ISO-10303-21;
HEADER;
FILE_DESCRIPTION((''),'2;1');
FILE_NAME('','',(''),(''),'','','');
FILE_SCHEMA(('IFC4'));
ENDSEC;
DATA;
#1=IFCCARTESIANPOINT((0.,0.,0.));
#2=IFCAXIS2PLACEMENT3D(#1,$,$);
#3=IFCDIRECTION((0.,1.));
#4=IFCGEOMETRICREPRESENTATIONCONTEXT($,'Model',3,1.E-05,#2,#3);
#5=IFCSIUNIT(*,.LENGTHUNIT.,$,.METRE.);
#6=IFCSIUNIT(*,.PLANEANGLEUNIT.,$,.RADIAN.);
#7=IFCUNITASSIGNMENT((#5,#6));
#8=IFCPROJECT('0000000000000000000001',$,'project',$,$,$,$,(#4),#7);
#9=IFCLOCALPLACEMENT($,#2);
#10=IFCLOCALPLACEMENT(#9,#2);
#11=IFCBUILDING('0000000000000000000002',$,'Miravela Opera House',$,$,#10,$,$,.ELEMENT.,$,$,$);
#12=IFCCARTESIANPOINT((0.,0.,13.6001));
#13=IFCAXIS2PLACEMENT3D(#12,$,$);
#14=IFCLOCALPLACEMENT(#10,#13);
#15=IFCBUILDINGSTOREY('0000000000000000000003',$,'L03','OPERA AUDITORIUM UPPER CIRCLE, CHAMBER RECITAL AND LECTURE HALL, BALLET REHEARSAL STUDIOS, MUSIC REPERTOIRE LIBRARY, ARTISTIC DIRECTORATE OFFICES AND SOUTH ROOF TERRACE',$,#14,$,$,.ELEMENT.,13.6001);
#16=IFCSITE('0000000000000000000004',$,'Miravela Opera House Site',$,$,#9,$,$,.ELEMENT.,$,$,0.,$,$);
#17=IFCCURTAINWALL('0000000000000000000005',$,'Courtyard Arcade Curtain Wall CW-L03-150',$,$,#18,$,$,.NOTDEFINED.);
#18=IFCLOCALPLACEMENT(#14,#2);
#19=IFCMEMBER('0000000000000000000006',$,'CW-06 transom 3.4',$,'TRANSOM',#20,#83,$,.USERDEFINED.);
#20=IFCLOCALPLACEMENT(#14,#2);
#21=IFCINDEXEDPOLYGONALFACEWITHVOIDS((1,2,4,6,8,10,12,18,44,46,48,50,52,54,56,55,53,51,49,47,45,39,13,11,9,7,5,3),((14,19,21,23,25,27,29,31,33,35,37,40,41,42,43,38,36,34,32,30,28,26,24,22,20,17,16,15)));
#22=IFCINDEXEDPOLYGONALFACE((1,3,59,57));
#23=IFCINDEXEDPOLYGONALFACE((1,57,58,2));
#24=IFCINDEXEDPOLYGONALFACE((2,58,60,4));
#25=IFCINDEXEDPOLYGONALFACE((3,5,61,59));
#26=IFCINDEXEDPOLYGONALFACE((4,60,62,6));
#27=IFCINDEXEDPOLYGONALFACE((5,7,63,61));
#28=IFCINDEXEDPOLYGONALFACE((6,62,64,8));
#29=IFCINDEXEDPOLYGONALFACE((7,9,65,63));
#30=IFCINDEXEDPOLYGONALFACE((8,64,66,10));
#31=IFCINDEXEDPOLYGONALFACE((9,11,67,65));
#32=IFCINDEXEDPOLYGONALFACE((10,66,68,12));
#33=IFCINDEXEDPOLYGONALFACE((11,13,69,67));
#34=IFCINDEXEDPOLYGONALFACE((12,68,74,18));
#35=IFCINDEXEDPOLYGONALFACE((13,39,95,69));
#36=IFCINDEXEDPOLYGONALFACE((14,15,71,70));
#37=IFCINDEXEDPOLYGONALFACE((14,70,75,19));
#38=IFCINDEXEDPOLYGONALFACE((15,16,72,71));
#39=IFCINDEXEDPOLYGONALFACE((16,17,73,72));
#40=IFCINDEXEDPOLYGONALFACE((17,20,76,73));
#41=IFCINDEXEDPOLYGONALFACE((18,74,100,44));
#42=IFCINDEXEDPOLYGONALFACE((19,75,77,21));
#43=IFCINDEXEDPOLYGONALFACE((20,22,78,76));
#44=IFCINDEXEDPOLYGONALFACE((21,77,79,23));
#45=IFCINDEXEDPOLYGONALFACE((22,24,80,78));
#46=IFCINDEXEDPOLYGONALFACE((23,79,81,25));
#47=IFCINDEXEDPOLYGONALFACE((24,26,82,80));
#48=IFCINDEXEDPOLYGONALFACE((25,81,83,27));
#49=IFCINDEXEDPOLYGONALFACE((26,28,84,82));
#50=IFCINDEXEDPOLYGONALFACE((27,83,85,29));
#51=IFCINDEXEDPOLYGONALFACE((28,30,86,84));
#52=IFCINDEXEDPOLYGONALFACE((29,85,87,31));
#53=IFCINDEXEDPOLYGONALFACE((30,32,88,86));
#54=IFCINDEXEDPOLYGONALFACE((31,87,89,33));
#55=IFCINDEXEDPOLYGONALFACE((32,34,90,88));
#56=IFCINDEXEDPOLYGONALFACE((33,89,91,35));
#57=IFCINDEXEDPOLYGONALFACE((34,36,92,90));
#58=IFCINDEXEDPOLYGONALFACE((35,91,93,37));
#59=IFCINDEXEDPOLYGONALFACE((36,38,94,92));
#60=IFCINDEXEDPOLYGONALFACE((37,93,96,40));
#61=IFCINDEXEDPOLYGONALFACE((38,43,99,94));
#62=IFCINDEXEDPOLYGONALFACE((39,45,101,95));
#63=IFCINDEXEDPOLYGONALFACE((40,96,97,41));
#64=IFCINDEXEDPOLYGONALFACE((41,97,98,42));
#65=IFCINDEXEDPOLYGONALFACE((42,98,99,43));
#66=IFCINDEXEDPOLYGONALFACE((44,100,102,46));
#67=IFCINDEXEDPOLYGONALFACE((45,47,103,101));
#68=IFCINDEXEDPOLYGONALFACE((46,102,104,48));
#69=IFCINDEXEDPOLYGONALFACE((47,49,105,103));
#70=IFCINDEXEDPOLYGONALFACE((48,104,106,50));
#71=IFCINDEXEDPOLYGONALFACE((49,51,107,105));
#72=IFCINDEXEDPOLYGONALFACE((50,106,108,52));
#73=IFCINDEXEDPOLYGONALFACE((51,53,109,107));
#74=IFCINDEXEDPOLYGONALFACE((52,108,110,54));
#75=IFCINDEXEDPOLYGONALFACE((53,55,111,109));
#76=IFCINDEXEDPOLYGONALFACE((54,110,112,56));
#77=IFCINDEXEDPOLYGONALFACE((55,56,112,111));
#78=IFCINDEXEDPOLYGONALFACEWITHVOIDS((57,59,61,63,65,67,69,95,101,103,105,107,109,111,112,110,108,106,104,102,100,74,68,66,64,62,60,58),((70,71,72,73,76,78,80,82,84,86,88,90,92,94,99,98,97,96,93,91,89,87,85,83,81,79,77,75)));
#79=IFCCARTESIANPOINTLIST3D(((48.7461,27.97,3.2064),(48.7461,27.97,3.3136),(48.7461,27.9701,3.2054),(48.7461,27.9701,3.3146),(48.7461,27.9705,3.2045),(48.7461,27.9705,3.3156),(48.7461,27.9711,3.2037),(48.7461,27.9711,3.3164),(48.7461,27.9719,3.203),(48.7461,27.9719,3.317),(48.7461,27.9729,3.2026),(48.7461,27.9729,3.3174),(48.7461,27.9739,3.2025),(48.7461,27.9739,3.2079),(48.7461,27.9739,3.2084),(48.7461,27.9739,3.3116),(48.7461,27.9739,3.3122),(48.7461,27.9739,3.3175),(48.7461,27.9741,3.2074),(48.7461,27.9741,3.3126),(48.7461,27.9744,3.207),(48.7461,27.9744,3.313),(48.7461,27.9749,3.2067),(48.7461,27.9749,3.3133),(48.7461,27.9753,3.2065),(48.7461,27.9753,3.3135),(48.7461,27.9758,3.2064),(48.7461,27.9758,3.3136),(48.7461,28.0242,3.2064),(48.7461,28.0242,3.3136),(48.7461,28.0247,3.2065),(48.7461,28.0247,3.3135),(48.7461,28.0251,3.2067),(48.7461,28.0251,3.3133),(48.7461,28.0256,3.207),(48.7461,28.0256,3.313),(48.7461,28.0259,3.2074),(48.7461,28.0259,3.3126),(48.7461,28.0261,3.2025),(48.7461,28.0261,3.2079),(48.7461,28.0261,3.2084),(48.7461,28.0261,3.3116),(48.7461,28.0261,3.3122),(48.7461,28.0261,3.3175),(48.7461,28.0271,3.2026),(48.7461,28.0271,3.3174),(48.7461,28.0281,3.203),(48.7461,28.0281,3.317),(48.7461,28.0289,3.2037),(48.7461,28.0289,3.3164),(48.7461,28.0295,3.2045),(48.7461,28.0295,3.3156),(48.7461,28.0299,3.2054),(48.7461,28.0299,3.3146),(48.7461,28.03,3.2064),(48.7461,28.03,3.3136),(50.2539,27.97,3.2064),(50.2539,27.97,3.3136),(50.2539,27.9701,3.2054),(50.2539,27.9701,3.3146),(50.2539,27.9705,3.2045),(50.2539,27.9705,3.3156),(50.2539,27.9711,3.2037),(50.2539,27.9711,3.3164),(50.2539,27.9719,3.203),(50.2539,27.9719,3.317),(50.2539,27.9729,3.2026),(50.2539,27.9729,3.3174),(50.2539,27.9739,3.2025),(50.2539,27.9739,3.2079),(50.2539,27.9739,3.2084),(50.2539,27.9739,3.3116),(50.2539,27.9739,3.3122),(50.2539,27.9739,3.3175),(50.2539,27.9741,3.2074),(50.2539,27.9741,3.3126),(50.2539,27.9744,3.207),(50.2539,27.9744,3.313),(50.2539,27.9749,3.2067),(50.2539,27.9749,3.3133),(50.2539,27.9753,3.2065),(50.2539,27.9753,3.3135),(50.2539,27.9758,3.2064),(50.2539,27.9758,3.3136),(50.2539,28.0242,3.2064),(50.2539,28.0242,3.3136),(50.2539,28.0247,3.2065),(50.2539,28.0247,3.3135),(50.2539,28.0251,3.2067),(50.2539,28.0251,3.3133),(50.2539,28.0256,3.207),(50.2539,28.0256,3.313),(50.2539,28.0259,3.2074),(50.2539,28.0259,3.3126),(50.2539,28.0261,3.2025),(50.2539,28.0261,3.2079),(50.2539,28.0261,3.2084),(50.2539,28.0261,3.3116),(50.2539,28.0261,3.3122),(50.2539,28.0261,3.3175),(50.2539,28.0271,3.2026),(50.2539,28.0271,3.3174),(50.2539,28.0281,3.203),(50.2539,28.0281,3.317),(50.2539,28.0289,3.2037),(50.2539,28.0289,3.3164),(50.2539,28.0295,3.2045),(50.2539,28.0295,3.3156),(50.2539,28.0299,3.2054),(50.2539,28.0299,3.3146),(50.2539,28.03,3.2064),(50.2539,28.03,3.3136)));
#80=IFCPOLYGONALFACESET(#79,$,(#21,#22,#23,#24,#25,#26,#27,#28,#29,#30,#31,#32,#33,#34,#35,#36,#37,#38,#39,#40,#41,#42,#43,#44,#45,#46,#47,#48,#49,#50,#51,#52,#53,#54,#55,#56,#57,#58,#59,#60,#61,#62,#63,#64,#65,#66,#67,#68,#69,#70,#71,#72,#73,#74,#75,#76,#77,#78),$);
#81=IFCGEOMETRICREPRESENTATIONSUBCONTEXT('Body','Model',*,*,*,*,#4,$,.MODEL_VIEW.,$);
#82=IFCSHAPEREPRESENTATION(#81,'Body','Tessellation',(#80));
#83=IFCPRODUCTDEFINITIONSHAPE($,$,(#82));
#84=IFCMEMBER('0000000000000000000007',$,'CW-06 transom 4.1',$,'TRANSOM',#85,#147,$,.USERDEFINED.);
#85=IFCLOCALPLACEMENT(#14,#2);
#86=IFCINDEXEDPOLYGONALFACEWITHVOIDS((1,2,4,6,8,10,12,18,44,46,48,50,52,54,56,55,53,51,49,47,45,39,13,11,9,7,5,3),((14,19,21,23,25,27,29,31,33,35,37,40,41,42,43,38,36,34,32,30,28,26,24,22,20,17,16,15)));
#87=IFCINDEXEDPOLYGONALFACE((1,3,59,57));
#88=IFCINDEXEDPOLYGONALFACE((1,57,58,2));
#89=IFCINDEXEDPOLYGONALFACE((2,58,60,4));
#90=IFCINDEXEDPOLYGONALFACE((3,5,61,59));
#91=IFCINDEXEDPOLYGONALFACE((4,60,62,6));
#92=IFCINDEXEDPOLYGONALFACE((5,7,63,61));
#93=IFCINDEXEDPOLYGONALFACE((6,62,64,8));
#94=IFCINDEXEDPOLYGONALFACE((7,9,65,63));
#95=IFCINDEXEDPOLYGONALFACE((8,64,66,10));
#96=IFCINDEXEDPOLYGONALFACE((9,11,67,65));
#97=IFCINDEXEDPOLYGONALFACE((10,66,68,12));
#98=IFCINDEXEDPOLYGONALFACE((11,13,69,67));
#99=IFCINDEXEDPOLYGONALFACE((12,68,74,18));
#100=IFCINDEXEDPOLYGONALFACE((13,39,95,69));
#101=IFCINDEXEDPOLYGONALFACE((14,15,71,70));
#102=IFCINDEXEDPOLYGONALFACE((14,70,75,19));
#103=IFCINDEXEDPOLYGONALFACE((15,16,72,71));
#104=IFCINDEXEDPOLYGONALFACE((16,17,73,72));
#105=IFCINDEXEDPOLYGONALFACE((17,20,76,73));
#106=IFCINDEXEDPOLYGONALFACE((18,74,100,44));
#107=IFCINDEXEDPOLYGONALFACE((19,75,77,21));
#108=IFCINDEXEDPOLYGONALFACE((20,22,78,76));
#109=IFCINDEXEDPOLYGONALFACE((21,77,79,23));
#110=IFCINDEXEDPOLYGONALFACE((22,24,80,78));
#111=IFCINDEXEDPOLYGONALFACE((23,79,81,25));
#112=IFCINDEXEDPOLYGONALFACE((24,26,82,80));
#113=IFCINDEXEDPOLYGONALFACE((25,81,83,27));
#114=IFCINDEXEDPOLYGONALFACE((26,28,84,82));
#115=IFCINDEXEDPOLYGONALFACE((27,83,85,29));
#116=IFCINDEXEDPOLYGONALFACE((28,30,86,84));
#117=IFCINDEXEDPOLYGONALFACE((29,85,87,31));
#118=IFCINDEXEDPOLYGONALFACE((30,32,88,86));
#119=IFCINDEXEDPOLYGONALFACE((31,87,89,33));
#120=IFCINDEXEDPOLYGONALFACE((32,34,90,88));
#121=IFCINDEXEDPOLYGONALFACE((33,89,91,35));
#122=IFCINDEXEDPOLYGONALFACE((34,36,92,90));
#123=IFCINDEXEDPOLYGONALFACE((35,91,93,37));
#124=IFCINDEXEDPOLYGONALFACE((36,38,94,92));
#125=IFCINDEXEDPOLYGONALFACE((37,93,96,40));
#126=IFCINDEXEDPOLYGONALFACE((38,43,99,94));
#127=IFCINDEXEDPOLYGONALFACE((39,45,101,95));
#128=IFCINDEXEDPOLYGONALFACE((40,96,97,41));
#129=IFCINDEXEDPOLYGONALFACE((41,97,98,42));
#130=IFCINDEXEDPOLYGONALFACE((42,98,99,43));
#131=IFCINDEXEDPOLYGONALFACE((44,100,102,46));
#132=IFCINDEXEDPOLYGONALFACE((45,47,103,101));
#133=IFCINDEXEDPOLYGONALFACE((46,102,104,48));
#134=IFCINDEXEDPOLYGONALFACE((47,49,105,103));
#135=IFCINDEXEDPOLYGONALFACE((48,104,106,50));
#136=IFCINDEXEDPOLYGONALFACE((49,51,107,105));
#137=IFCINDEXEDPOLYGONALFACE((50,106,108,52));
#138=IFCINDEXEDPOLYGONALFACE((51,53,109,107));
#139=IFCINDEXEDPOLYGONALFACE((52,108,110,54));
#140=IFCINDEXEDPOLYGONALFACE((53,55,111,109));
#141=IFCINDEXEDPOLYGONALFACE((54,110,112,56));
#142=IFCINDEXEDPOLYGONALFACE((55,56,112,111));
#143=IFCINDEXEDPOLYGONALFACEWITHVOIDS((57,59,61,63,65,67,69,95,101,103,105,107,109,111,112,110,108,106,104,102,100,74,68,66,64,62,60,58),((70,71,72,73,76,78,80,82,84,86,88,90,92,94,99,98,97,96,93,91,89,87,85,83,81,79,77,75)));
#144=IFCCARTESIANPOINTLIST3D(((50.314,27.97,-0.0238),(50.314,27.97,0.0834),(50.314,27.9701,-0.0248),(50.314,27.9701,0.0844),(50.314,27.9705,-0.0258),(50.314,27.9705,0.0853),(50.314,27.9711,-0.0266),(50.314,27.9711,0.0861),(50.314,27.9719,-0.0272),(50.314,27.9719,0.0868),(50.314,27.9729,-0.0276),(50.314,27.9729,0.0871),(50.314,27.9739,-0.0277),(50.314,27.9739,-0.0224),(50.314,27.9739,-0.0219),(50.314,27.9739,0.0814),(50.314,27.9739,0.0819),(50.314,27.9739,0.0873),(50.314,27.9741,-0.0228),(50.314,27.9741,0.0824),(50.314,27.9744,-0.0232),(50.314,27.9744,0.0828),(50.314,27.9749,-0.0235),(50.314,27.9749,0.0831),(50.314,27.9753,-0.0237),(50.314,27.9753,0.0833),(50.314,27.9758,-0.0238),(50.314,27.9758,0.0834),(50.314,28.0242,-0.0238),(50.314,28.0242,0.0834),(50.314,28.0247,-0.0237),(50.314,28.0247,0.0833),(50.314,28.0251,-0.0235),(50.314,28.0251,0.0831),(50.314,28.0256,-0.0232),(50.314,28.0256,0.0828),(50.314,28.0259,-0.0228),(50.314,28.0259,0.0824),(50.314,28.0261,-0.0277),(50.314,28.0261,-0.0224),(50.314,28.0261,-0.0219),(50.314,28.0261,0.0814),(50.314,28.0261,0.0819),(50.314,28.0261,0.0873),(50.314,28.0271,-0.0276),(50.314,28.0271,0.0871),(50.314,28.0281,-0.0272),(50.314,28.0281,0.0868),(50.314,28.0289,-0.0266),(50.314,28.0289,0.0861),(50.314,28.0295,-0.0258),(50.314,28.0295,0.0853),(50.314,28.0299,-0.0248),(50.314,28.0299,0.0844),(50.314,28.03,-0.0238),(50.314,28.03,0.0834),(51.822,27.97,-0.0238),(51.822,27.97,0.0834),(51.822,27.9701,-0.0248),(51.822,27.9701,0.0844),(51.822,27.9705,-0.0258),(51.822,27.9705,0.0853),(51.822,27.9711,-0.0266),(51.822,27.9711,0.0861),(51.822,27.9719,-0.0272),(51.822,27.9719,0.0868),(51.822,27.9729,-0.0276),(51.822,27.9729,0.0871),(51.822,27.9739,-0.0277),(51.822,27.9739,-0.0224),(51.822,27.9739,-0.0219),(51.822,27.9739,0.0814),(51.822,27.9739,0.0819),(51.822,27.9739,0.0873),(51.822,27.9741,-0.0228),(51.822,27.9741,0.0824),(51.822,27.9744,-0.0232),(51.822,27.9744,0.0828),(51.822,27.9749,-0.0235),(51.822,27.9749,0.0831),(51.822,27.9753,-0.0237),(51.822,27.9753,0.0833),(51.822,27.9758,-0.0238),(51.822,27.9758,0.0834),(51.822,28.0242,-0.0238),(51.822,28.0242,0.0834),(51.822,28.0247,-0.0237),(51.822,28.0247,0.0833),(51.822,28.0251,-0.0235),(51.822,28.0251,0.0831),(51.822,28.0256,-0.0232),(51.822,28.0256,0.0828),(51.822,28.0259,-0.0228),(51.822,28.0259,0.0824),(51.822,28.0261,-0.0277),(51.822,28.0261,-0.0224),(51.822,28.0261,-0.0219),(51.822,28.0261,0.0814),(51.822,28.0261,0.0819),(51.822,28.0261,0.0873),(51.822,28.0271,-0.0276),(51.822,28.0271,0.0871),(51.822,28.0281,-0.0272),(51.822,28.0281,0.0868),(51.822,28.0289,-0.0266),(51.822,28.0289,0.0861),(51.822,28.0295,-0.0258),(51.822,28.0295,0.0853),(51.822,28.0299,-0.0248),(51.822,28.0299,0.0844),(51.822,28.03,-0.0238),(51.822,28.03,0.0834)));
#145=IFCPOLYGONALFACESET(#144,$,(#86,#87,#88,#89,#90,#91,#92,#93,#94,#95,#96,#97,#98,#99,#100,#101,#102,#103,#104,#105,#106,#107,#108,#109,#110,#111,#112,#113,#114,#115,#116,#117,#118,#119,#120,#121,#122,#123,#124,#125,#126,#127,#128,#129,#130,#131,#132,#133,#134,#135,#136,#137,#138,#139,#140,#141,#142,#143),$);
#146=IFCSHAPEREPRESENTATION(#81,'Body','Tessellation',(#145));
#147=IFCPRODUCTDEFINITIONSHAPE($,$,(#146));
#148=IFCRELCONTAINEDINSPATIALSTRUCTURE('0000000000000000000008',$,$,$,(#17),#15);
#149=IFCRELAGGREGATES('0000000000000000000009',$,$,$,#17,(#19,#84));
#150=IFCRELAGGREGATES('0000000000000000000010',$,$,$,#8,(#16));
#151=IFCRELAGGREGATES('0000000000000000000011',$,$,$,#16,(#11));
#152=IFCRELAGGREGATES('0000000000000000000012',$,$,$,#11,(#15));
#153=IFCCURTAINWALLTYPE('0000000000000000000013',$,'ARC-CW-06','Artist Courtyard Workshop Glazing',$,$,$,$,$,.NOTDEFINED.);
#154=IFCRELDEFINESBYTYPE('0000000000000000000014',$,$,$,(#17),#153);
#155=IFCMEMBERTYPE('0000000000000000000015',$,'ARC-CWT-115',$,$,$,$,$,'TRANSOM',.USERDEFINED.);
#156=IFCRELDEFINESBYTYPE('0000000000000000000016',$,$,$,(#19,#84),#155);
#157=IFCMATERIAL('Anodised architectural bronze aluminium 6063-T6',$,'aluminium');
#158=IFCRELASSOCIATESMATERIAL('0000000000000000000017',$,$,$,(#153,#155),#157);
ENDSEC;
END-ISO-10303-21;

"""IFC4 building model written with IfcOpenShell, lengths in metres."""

from ifc_helpers import new_model, si_unit, direction, frame, origin, origin_2d, place, context, subcontext, project, spatial, hollow_rectangle, extrude, material, material_profile, profile_set, type_object, element, aggregate, save


model = new_model("IFC4")

# Units and contexts
model_context = context("Model", 3, precision=1e-05, world=origin(), true_north=direction((0.0, 1.0)))
body_context = subcontext(model_context, "Body", "Model", "MODEL_VIEW")
ifc_project = project(units=[si_unit("LENGTHUNIT", "METRE"), si_unit("PLANEANGLEUNIT", "RADIAN")], contexts=[model_context])

# Site, building, storey
site_placement = place(None, origin())
site = spatial("IfcSite", under=ifc_project, at=site_placement, Name="Miravela Opera House Site", CompositionType="ELEMENT", RefElevation=0.0)
building_placement = place(site_placement, origin())
building = spatial("IfcBuilding", under=site, at=building_placement, Name="Miravela Opera House", CompositionType="ELEMENT")
storey_placement = place(building_placement, frame((0.0, 0.0, 13.6001)))
storey = spatial("IfcBuildingStorey", under=building, at=storey_placement, Name="L03", Description="OPERA AUDITORIUM UPPER CIRCLE, CHAMBER RECITAL AND LECTURE HALL, BALLET REHEARSAL STUDIOS, MUSIC REPERTOIRE LIBRARY, ARTISTIC DIRECTORATE OFFICES AND SOUTH ROOF TERRACE", CompositionType="ELEMENT", Elevation=13.6001)

# Curtain wall
ifc_material_1 = material(Name="Anodised architectural bronze aluminium 6063-T6", Category="aluminium")
curtain_wall_type = type_object("IfcCurtainWallType", Name="ARC-CW-06", Description="Artist Courtyard Workshop Glazing", PredefinedType="NOTDEFINED", material=ifc_material_1)
curtain_wall_1_placement = place(storey_placement, origin())
curtain_wall_1 = element("IfcCurtainWall", 1, at=curtain_wall_1_placement, inside=storey, type_object=curtain_wall_type, Name="Courtyard Arcade Curtain Wall CW-L03-150", PredefinedType="NOTDEFINED")

# Members
ifc_material_profile_1 = material_profile(ifc_material_1, hollow_rectangle(XDim=0.0601, YDim=0.115, WallThickness=0.0039, InnerFilletRadius=0.002, OuterFilletRadius=0.0039, at=origin_2d()), Name="CWT-60X115")
ifc_profile_set_1 = profile_set([ifc_material_profile_1])
member_type_1 = type_object("IfcMemberType", Name="ARC-CWT-115", ElementType="TRANSOM", PredefinedType="USERDEFINED", material=ifc_profile_set_1)
member_1_placement = place(storey_placement, frame((48.7461, 28.0, 3.26), z_axis=(1.0, 0.0, 0.0), x_axis=(0.0, 1.0, 0.0)))
member_1 = element("IfcMember", 2, at=member_1_placement, type_object=member_type_1, Name="CW-06 transom 3.4", ObjectType="TRANSOM", PredefinedType="USERDEFINED", context=body_context, shape_type="SweptSolid", body=[
    extrude(hollow_rectangle(XDim=0.0601, YDim=0.115, WallThickness=0.0039, InnerFilletRadius=0.002, OuterFilletRadius=0.0039, at=origin_2d()), origin(), (0.0, 0.0, 1.0), 1.5078),
])
member_2_placement = place(storey_placement, frame((50.314, 28.0, 0.0298), z_axis=(1.0, 0.0, 0.0), x_axis=(0.0, 1.0, 0.0)))
member_2 = element("IfcMember", 3, at=member_2_placement, type_object=member_type_1, Name="CW-06 transom 4.1", ObjectType="TRANSOM", PredefinedType="USERDEFINED", context=body_context, shape_type="SweptSolid", body=[
    extrude(hollow_rectangle(XDim=0.0601, YDim=0.115, WallThickness=0.0039, InnerFilletRadius=0.002, OuterFilletRadius=0.0039, at=origin_2d()), origin(), (0.0, 0.0, 1.0), 1.5081),
])

aggregate(curtain_wall_1, [member_1, member_2])

save(model, "model.ifc")
